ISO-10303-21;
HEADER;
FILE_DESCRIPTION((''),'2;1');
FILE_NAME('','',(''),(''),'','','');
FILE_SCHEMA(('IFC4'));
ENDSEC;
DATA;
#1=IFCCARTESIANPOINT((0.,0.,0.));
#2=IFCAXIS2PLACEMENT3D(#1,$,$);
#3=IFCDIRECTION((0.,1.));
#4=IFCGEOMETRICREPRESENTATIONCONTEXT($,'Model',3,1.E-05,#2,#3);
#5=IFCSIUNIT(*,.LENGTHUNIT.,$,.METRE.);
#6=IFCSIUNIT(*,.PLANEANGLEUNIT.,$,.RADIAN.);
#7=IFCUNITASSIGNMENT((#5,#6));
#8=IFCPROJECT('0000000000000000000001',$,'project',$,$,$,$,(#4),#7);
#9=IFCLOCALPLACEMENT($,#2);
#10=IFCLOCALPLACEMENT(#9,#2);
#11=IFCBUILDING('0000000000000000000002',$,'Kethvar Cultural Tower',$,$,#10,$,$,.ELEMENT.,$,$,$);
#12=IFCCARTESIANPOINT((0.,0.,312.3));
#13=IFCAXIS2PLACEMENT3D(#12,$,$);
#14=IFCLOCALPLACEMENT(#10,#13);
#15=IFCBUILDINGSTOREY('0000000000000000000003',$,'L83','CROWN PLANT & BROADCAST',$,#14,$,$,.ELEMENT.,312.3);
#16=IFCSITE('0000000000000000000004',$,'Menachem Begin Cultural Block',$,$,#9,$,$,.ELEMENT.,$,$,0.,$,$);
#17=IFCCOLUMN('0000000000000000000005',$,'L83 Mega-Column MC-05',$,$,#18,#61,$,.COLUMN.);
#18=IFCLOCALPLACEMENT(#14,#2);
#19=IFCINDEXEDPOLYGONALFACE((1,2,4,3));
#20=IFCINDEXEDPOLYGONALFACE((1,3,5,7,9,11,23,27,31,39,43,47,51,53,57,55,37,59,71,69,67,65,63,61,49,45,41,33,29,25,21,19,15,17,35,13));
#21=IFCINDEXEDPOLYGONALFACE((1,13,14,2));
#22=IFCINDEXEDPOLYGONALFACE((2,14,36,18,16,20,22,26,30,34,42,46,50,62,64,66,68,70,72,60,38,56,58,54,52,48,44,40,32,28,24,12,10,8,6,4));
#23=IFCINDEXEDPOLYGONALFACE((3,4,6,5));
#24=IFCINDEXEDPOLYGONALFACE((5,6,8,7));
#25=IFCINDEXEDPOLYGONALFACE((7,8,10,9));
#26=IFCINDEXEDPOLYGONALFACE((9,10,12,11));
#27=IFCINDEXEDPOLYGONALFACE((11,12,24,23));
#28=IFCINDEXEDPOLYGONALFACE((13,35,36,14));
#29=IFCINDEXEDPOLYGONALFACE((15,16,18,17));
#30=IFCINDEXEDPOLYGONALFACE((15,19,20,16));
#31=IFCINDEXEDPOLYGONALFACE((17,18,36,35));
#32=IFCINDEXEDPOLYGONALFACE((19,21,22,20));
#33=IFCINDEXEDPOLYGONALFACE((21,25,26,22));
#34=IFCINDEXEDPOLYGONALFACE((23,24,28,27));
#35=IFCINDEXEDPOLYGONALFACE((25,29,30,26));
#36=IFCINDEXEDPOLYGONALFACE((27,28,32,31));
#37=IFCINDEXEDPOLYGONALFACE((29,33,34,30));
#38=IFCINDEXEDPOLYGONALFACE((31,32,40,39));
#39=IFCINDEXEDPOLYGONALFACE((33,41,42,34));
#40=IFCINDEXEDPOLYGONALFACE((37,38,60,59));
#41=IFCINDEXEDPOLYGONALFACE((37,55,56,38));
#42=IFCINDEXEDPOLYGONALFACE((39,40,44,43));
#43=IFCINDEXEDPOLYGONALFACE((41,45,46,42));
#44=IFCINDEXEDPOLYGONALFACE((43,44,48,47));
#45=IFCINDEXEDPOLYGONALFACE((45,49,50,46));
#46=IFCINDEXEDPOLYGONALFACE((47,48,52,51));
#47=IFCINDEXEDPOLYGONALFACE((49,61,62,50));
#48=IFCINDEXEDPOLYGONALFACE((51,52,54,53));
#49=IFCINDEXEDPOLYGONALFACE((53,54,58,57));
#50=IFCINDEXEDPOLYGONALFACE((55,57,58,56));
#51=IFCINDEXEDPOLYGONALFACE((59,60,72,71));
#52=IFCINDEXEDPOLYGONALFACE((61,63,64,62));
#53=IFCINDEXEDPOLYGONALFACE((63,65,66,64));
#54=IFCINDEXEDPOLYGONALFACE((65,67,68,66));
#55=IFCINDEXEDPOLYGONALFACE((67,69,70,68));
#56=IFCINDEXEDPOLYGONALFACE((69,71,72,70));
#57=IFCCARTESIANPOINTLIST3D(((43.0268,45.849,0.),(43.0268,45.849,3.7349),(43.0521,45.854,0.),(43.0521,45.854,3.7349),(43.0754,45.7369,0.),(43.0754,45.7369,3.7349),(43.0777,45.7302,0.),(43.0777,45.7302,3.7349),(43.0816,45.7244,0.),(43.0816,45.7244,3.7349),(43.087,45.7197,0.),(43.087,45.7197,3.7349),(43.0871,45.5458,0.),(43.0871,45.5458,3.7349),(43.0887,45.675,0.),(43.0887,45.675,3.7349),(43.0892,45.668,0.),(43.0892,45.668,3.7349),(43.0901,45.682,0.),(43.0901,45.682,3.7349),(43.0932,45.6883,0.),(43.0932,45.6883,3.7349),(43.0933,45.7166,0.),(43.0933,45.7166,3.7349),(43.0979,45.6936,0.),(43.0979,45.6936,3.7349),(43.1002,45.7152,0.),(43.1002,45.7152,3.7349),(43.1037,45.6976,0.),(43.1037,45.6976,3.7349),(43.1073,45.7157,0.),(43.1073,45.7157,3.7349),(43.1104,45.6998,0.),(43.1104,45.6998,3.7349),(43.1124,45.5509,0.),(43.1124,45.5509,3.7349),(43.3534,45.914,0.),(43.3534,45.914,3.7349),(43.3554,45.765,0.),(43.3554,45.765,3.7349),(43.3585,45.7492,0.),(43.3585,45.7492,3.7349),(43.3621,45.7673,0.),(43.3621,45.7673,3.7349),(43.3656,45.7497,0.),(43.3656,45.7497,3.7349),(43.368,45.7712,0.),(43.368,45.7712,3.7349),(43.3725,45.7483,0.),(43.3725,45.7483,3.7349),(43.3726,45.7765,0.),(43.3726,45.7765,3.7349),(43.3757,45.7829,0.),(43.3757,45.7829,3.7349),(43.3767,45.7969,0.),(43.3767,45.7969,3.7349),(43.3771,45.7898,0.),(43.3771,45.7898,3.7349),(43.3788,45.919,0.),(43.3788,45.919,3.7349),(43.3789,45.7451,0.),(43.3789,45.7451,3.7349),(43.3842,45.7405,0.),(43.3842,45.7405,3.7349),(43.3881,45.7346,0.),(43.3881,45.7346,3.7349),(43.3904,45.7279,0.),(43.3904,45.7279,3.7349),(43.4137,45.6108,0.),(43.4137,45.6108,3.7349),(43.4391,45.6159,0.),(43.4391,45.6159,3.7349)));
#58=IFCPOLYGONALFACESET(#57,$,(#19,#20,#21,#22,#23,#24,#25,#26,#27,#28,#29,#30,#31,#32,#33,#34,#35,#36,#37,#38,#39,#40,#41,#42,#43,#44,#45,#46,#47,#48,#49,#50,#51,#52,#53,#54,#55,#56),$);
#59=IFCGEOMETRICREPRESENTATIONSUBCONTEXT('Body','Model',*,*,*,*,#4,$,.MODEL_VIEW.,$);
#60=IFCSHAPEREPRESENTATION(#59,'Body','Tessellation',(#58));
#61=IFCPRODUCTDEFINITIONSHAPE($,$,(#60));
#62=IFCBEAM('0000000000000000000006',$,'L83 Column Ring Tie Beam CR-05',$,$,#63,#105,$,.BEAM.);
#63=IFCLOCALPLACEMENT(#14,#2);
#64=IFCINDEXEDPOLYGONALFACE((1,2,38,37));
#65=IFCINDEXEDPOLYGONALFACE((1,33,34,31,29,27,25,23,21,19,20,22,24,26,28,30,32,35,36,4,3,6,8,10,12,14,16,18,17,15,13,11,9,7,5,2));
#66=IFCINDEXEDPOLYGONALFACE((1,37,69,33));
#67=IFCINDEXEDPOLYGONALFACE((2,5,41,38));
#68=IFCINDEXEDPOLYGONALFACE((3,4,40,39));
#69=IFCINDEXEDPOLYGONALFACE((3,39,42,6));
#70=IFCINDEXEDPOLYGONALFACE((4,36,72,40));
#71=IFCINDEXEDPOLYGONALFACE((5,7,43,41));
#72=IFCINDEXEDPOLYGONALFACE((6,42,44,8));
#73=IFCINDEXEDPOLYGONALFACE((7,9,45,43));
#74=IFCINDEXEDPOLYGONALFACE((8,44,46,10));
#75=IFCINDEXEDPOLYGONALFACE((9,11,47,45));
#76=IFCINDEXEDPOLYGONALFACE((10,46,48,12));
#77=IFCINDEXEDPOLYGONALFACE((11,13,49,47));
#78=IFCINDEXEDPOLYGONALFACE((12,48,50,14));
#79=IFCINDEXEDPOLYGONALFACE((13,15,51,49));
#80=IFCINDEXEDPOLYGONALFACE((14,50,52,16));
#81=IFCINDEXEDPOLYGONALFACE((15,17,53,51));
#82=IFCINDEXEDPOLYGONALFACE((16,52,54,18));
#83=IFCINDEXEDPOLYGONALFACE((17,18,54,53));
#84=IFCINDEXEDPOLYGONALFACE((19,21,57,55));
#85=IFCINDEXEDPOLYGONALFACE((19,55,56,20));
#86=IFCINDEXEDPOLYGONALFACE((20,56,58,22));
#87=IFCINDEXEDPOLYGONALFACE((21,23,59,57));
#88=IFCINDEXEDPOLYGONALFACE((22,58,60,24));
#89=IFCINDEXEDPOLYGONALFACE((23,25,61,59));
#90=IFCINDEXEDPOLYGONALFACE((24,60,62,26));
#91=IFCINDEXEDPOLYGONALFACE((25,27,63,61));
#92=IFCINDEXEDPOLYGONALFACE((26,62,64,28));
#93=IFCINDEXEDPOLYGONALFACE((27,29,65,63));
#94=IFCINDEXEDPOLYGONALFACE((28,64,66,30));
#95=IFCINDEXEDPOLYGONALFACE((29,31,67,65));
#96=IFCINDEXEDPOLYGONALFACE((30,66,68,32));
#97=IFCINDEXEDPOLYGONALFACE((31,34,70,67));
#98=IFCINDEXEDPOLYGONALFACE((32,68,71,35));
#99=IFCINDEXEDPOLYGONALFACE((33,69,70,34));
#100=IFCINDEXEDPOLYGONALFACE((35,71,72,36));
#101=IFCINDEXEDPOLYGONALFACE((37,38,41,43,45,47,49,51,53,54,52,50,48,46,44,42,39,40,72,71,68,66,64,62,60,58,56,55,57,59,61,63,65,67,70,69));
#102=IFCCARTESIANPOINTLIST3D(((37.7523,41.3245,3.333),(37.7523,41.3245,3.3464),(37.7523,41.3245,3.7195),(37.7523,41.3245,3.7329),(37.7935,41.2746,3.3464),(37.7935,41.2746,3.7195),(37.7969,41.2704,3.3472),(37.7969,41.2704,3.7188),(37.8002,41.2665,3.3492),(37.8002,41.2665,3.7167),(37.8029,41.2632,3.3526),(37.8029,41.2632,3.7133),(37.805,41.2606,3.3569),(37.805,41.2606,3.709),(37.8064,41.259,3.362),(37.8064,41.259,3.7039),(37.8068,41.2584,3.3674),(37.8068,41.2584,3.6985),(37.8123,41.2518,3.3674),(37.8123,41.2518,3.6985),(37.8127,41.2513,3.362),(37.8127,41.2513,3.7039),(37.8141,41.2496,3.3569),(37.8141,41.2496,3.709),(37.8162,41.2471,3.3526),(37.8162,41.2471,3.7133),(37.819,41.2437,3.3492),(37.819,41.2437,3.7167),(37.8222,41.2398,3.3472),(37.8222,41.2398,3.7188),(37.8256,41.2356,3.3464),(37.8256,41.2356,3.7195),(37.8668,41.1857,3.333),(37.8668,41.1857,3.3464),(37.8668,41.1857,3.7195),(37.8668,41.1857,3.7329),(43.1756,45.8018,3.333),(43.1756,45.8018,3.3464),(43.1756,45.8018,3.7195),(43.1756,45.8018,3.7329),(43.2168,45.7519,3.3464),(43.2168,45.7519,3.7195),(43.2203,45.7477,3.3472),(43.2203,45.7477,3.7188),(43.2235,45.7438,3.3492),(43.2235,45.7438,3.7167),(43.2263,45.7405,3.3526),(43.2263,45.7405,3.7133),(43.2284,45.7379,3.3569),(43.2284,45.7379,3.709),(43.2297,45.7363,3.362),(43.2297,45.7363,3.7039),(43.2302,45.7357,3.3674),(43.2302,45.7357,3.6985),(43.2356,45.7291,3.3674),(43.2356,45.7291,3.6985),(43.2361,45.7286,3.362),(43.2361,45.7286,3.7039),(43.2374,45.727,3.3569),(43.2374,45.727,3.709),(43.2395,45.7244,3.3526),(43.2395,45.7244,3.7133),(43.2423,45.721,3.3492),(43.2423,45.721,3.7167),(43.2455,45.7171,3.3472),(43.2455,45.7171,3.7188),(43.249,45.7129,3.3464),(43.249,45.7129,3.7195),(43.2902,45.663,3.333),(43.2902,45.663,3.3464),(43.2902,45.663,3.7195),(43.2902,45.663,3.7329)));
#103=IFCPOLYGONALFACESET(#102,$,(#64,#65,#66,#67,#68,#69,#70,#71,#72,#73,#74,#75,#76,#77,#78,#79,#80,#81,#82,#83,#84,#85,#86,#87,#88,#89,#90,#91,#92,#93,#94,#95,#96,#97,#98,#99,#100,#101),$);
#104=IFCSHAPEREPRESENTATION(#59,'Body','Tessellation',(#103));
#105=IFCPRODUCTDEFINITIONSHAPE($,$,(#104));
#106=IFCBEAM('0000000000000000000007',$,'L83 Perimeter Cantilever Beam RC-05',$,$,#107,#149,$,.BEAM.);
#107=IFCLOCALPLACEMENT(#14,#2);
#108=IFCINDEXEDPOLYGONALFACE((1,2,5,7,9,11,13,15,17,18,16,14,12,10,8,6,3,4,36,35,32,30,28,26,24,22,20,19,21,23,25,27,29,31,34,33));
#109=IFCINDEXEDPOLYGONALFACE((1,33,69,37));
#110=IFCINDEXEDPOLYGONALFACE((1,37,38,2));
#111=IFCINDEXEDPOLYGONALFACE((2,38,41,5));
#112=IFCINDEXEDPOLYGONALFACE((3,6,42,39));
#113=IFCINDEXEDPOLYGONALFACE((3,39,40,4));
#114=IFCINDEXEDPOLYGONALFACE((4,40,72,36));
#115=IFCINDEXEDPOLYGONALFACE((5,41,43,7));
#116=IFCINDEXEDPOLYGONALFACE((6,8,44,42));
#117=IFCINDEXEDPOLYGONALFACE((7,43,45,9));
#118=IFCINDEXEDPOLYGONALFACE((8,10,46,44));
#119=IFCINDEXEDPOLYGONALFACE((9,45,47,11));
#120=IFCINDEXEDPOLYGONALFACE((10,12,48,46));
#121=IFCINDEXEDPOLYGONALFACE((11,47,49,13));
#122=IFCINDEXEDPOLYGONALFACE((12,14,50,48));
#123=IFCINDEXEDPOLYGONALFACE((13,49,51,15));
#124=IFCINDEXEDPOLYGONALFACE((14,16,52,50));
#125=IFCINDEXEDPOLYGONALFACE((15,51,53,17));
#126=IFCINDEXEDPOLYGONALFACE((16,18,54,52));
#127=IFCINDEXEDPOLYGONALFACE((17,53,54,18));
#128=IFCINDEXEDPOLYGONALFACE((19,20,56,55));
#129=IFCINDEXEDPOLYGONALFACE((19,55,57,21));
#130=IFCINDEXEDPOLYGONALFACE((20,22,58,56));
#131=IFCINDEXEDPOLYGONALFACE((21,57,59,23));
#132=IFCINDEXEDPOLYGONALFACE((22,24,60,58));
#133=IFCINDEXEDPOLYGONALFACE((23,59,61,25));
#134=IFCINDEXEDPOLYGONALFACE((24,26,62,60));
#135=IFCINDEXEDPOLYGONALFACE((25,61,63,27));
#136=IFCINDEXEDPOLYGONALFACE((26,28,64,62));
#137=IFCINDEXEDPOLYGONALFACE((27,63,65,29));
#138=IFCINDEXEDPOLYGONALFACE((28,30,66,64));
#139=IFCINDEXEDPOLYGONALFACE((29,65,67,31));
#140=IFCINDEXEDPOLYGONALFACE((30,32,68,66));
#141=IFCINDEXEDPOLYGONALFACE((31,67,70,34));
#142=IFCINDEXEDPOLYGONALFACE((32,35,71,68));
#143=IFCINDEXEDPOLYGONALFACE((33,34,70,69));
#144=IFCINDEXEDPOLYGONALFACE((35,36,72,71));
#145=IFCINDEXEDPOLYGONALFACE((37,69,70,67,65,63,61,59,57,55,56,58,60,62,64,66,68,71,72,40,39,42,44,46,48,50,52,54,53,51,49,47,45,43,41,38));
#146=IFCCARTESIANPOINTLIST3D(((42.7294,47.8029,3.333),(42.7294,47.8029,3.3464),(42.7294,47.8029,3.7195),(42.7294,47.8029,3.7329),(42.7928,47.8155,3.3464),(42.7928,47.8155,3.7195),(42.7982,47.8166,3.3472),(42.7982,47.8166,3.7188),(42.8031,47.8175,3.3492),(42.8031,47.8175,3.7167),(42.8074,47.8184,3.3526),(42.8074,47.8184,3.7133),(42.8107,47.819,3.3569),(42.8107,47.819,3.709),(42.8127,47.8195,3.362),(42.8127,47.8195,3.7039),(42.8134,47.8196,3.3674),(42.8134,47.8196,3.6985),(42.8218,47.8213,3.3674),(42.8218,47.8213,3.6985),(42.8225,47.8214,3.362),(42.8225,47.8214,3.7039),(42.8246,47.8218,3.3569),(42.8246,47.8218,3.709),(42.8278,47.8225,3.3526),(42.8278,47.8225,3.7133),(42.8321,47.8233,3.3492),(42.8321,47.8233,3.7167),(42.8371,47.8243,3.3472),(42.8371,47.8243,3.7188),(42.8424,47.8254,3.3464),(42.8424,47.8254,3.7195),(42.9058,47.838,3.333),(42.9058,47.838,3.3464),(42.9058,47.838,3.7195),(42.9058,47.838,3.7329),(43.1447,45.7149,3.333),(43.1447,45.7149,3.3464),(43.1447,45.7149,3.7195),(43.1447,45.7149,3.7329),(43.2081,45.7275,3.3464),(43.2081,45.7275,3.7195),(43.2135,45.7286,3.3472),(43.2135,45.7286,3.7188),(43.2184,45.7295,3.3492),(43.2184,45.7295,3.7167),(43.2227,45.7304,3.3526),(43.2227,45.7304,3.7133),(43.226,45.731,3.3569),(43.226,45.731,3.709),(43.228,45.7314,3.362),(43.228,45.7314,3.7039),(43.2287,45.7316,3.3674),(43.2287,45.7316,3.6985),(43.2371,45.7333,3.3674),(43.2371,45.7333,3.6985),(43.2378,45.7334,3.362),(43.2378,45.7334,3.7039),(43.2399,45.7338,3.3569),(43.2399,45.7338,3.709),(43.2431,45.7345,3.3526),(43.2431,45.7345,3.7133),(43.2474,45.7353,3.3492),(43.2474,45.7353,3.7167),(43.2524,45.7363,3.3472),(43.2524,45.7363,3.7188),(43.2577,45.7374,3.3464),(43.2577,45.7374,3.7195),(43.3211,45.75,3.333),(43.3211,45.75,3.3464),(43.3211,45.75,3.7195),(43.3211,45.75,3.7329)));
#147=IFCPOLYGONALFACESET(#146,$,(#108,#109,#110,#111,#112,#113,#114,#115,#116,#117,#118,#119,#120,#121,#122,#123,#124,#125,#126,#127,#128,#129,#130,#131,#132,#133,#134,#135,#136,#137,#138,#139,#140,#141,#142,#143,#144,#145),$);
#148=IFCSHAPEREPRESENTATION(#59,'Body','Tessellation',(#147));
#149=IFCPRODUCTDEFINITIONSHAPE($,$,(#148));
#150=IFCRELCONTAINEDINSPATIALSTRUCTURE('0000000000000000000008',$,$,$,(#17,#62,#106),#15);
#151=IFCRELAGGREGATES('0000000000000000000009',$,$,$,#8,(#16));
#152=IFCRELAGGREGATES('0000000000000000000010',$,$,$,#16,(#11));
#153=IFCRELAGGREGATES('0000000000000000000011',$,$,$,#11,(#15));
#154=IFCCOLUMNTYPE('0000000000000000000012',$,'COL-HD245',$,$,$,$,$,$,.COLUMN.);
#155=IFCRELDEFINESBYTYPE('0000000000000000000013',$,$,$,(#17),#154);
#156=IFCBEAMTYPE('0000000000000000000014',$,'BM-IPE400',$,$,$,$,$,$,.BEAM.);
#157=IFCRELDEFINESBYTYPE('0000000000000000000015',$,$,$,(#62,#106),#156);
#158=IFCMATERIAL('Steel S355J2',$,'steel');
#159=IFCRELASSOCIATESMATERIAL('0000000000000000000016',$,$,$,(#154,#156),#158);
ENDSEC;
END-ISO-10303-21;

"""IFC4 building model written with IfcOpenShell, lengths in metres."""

from ifc_helpers import new_model, si_unit, direction, frame, origin, origin_2d, place, context, subcontext, project, spatial, i_section, extrude, source, transform, mapped, material, material_profile, profile_set, type_object, element, save


model = new_model("IFC4")

# Units and contexts
model_context = context("Model", 3, precision=1e-05, world=origin(), true_north=direction((0.0, 1.0)))
body_context = subcontext(model_context, "Body", "Model", "MODEL_VIEW")
ifc_project = project(units=[si_unit("LENGTHUNIT", "METRE"), si_unit("PLANEANGLEUNIT", "RADIAN")], contexts=[model_context])

# Site, building, storey
site_placement = place(None, origin())
site = spatial("IfcSite", under=ifc_project, at=site_placement, Name="Menachem Begin Cultural Block", CompositionType="ELEMENT", RefElevation=0.0)
building_placement = place(site_placement, origin())
building = spatial("IfcBuilding", under=site, at=building_placement, Name="Kethvar Cultural Tower", CompositionType="ELEMENT")
storey_placement = place(building_placement, frame((0.0, 0.0, 312.3)))
storey = spatial("IfcBuildingStorey", under=building, at=storey_placement, Name="L83", Description="CROWN PLANT & BROADCAST", CompositionType="ELEMENT", Elevation=312.3)

# Column
ifc_material_1 = material(Name="Steel S355J2", Category="steel")
ifc_material_profile_1 = material_profile(ifc_material_1, i_section(OverallWidth=0.3091, OverallDepth=0.3589, WebThickness=0.0161, FlangeThickness=0.0259, FilletRadius=0.0271, at=origin_2d()), Name="Steel S355J2 — HD320x245")
ifc_profile_set_1 = profile_set([ifc_material_profile_1], Name="Steel S355J2 — HD320x245")
column_type = type_object("IfcColumnType", Name="COL-HD245", PredefinedType="COLUMN", material=ifc_profile_set_1)
shared_shape_1 = source(origin(), body_context, "Body", "SweptSolid", [
    extrude(i_section(OverallWidth=0.3091, OverallDepth=0.3589, WebThickness=0.0161, FlangeThickness=0.0259, FilletRadius=0.0271, at=origin_2d()), origin(), (0.0, 0.0, 1.0), 3.7349),
])
column_placement = place(storey_placement, frame((43.2329, 45.7324, 0.0), z_axis=(0.0, 0.0, 1.0), x_axis=(-0.19509, 0.980785, 0.0)))
element("IfcColumn", 1, at=column_placement, inside=storey, type_object=column_type, Name="L83 Mega-Column MC-05", PredefinedType="COLUMN", context=body_context, shape_type="MappedRepresentation", body=[
    mapped(shared_shape_1, transform((0.0, 0.0, 0.0), scale=1.0)),
])

# Beams
ifc_material_profile_2 = material_profile(ifc_material_1, i_section(OverallWidth=0.1799, OverallDepth=0.3999, WebThickness=0.0085, FlangeThickness=0.0134, FilletRadius=0.021, at=origin_2d()), Name="Steel S355J2 — IPE400")
ifc_profile_set_2 = profile_set([ifc_material_profile_2], Name="Steel S355J2 — IPE400")
beam_type_1 = type_object("IfcBeamType", Name="BM-IPE400", PredefinedType="BEAM", material=ifc_profile_set_2)
shared_shape_2 = source(origin(), body_context, "Body", "SweptSolid", [
    extrude(i_section(OverallWidth=0.1799, OverallDepth=0.3999, WebThickness=0.0085, FlangeThickness=0.0134, FilletRadius=0.021, at=origin_2d()), origin(), (0.0, 0.0, 1.0), 7.0327),
])
beam_1_placement = place(storey_placement, frame((43.2329, 45.7324, 3.533), z_axis=(-0.771161, -0.63664, 0.0), x_axis=(0.63664, -0.771161, 0.0)))
element("IfcBeam", 2, at=beam_1_placement, inside=storey, type_object=beam_type_1, Name="L83 Column Ring Tie Beam CR-05", PredefinedType="BEAM", context=body_context, shape_type="MappedRepresentation", body=[
    mapped(shared_shape_2, transform((0.0, 0.0, 0.0), scale=1.0)),
])
shared_shape_3 = source(origin(), body_context, "Body", "SweptSolid", [
    extrude(i_section(OverallWidth=0.1799, OverallDepth=0.3999, WebThickness=0.0085, FlangeThickness=0.0134, FilletRadius=0.021, at=origin_2d()), origin(), (0.0, 0.0, 1.0), 2.1289),
])
beam_2_placement = place(storey_placement, frame((43.2329, 45.7324, 3.533), z_axis=(-0.195079, 0.980787, 0.0), x_axis=(-0.980787, -0.195079, 0.0)))
element("IfcBeam", 3, at=beam_2_placement, inside=storey, type_object=beam_type_1, Name="L83 Perimeter Cantilever Beam RC-05", PredefinedType="BEAM", context=body_context, shape_type="MappedRepresentation", body=[
    mapped(shared_shape_3, transform((0.0, 0.0, 0.0), scale=1.0)),
])

save(model, "model.ifc")
